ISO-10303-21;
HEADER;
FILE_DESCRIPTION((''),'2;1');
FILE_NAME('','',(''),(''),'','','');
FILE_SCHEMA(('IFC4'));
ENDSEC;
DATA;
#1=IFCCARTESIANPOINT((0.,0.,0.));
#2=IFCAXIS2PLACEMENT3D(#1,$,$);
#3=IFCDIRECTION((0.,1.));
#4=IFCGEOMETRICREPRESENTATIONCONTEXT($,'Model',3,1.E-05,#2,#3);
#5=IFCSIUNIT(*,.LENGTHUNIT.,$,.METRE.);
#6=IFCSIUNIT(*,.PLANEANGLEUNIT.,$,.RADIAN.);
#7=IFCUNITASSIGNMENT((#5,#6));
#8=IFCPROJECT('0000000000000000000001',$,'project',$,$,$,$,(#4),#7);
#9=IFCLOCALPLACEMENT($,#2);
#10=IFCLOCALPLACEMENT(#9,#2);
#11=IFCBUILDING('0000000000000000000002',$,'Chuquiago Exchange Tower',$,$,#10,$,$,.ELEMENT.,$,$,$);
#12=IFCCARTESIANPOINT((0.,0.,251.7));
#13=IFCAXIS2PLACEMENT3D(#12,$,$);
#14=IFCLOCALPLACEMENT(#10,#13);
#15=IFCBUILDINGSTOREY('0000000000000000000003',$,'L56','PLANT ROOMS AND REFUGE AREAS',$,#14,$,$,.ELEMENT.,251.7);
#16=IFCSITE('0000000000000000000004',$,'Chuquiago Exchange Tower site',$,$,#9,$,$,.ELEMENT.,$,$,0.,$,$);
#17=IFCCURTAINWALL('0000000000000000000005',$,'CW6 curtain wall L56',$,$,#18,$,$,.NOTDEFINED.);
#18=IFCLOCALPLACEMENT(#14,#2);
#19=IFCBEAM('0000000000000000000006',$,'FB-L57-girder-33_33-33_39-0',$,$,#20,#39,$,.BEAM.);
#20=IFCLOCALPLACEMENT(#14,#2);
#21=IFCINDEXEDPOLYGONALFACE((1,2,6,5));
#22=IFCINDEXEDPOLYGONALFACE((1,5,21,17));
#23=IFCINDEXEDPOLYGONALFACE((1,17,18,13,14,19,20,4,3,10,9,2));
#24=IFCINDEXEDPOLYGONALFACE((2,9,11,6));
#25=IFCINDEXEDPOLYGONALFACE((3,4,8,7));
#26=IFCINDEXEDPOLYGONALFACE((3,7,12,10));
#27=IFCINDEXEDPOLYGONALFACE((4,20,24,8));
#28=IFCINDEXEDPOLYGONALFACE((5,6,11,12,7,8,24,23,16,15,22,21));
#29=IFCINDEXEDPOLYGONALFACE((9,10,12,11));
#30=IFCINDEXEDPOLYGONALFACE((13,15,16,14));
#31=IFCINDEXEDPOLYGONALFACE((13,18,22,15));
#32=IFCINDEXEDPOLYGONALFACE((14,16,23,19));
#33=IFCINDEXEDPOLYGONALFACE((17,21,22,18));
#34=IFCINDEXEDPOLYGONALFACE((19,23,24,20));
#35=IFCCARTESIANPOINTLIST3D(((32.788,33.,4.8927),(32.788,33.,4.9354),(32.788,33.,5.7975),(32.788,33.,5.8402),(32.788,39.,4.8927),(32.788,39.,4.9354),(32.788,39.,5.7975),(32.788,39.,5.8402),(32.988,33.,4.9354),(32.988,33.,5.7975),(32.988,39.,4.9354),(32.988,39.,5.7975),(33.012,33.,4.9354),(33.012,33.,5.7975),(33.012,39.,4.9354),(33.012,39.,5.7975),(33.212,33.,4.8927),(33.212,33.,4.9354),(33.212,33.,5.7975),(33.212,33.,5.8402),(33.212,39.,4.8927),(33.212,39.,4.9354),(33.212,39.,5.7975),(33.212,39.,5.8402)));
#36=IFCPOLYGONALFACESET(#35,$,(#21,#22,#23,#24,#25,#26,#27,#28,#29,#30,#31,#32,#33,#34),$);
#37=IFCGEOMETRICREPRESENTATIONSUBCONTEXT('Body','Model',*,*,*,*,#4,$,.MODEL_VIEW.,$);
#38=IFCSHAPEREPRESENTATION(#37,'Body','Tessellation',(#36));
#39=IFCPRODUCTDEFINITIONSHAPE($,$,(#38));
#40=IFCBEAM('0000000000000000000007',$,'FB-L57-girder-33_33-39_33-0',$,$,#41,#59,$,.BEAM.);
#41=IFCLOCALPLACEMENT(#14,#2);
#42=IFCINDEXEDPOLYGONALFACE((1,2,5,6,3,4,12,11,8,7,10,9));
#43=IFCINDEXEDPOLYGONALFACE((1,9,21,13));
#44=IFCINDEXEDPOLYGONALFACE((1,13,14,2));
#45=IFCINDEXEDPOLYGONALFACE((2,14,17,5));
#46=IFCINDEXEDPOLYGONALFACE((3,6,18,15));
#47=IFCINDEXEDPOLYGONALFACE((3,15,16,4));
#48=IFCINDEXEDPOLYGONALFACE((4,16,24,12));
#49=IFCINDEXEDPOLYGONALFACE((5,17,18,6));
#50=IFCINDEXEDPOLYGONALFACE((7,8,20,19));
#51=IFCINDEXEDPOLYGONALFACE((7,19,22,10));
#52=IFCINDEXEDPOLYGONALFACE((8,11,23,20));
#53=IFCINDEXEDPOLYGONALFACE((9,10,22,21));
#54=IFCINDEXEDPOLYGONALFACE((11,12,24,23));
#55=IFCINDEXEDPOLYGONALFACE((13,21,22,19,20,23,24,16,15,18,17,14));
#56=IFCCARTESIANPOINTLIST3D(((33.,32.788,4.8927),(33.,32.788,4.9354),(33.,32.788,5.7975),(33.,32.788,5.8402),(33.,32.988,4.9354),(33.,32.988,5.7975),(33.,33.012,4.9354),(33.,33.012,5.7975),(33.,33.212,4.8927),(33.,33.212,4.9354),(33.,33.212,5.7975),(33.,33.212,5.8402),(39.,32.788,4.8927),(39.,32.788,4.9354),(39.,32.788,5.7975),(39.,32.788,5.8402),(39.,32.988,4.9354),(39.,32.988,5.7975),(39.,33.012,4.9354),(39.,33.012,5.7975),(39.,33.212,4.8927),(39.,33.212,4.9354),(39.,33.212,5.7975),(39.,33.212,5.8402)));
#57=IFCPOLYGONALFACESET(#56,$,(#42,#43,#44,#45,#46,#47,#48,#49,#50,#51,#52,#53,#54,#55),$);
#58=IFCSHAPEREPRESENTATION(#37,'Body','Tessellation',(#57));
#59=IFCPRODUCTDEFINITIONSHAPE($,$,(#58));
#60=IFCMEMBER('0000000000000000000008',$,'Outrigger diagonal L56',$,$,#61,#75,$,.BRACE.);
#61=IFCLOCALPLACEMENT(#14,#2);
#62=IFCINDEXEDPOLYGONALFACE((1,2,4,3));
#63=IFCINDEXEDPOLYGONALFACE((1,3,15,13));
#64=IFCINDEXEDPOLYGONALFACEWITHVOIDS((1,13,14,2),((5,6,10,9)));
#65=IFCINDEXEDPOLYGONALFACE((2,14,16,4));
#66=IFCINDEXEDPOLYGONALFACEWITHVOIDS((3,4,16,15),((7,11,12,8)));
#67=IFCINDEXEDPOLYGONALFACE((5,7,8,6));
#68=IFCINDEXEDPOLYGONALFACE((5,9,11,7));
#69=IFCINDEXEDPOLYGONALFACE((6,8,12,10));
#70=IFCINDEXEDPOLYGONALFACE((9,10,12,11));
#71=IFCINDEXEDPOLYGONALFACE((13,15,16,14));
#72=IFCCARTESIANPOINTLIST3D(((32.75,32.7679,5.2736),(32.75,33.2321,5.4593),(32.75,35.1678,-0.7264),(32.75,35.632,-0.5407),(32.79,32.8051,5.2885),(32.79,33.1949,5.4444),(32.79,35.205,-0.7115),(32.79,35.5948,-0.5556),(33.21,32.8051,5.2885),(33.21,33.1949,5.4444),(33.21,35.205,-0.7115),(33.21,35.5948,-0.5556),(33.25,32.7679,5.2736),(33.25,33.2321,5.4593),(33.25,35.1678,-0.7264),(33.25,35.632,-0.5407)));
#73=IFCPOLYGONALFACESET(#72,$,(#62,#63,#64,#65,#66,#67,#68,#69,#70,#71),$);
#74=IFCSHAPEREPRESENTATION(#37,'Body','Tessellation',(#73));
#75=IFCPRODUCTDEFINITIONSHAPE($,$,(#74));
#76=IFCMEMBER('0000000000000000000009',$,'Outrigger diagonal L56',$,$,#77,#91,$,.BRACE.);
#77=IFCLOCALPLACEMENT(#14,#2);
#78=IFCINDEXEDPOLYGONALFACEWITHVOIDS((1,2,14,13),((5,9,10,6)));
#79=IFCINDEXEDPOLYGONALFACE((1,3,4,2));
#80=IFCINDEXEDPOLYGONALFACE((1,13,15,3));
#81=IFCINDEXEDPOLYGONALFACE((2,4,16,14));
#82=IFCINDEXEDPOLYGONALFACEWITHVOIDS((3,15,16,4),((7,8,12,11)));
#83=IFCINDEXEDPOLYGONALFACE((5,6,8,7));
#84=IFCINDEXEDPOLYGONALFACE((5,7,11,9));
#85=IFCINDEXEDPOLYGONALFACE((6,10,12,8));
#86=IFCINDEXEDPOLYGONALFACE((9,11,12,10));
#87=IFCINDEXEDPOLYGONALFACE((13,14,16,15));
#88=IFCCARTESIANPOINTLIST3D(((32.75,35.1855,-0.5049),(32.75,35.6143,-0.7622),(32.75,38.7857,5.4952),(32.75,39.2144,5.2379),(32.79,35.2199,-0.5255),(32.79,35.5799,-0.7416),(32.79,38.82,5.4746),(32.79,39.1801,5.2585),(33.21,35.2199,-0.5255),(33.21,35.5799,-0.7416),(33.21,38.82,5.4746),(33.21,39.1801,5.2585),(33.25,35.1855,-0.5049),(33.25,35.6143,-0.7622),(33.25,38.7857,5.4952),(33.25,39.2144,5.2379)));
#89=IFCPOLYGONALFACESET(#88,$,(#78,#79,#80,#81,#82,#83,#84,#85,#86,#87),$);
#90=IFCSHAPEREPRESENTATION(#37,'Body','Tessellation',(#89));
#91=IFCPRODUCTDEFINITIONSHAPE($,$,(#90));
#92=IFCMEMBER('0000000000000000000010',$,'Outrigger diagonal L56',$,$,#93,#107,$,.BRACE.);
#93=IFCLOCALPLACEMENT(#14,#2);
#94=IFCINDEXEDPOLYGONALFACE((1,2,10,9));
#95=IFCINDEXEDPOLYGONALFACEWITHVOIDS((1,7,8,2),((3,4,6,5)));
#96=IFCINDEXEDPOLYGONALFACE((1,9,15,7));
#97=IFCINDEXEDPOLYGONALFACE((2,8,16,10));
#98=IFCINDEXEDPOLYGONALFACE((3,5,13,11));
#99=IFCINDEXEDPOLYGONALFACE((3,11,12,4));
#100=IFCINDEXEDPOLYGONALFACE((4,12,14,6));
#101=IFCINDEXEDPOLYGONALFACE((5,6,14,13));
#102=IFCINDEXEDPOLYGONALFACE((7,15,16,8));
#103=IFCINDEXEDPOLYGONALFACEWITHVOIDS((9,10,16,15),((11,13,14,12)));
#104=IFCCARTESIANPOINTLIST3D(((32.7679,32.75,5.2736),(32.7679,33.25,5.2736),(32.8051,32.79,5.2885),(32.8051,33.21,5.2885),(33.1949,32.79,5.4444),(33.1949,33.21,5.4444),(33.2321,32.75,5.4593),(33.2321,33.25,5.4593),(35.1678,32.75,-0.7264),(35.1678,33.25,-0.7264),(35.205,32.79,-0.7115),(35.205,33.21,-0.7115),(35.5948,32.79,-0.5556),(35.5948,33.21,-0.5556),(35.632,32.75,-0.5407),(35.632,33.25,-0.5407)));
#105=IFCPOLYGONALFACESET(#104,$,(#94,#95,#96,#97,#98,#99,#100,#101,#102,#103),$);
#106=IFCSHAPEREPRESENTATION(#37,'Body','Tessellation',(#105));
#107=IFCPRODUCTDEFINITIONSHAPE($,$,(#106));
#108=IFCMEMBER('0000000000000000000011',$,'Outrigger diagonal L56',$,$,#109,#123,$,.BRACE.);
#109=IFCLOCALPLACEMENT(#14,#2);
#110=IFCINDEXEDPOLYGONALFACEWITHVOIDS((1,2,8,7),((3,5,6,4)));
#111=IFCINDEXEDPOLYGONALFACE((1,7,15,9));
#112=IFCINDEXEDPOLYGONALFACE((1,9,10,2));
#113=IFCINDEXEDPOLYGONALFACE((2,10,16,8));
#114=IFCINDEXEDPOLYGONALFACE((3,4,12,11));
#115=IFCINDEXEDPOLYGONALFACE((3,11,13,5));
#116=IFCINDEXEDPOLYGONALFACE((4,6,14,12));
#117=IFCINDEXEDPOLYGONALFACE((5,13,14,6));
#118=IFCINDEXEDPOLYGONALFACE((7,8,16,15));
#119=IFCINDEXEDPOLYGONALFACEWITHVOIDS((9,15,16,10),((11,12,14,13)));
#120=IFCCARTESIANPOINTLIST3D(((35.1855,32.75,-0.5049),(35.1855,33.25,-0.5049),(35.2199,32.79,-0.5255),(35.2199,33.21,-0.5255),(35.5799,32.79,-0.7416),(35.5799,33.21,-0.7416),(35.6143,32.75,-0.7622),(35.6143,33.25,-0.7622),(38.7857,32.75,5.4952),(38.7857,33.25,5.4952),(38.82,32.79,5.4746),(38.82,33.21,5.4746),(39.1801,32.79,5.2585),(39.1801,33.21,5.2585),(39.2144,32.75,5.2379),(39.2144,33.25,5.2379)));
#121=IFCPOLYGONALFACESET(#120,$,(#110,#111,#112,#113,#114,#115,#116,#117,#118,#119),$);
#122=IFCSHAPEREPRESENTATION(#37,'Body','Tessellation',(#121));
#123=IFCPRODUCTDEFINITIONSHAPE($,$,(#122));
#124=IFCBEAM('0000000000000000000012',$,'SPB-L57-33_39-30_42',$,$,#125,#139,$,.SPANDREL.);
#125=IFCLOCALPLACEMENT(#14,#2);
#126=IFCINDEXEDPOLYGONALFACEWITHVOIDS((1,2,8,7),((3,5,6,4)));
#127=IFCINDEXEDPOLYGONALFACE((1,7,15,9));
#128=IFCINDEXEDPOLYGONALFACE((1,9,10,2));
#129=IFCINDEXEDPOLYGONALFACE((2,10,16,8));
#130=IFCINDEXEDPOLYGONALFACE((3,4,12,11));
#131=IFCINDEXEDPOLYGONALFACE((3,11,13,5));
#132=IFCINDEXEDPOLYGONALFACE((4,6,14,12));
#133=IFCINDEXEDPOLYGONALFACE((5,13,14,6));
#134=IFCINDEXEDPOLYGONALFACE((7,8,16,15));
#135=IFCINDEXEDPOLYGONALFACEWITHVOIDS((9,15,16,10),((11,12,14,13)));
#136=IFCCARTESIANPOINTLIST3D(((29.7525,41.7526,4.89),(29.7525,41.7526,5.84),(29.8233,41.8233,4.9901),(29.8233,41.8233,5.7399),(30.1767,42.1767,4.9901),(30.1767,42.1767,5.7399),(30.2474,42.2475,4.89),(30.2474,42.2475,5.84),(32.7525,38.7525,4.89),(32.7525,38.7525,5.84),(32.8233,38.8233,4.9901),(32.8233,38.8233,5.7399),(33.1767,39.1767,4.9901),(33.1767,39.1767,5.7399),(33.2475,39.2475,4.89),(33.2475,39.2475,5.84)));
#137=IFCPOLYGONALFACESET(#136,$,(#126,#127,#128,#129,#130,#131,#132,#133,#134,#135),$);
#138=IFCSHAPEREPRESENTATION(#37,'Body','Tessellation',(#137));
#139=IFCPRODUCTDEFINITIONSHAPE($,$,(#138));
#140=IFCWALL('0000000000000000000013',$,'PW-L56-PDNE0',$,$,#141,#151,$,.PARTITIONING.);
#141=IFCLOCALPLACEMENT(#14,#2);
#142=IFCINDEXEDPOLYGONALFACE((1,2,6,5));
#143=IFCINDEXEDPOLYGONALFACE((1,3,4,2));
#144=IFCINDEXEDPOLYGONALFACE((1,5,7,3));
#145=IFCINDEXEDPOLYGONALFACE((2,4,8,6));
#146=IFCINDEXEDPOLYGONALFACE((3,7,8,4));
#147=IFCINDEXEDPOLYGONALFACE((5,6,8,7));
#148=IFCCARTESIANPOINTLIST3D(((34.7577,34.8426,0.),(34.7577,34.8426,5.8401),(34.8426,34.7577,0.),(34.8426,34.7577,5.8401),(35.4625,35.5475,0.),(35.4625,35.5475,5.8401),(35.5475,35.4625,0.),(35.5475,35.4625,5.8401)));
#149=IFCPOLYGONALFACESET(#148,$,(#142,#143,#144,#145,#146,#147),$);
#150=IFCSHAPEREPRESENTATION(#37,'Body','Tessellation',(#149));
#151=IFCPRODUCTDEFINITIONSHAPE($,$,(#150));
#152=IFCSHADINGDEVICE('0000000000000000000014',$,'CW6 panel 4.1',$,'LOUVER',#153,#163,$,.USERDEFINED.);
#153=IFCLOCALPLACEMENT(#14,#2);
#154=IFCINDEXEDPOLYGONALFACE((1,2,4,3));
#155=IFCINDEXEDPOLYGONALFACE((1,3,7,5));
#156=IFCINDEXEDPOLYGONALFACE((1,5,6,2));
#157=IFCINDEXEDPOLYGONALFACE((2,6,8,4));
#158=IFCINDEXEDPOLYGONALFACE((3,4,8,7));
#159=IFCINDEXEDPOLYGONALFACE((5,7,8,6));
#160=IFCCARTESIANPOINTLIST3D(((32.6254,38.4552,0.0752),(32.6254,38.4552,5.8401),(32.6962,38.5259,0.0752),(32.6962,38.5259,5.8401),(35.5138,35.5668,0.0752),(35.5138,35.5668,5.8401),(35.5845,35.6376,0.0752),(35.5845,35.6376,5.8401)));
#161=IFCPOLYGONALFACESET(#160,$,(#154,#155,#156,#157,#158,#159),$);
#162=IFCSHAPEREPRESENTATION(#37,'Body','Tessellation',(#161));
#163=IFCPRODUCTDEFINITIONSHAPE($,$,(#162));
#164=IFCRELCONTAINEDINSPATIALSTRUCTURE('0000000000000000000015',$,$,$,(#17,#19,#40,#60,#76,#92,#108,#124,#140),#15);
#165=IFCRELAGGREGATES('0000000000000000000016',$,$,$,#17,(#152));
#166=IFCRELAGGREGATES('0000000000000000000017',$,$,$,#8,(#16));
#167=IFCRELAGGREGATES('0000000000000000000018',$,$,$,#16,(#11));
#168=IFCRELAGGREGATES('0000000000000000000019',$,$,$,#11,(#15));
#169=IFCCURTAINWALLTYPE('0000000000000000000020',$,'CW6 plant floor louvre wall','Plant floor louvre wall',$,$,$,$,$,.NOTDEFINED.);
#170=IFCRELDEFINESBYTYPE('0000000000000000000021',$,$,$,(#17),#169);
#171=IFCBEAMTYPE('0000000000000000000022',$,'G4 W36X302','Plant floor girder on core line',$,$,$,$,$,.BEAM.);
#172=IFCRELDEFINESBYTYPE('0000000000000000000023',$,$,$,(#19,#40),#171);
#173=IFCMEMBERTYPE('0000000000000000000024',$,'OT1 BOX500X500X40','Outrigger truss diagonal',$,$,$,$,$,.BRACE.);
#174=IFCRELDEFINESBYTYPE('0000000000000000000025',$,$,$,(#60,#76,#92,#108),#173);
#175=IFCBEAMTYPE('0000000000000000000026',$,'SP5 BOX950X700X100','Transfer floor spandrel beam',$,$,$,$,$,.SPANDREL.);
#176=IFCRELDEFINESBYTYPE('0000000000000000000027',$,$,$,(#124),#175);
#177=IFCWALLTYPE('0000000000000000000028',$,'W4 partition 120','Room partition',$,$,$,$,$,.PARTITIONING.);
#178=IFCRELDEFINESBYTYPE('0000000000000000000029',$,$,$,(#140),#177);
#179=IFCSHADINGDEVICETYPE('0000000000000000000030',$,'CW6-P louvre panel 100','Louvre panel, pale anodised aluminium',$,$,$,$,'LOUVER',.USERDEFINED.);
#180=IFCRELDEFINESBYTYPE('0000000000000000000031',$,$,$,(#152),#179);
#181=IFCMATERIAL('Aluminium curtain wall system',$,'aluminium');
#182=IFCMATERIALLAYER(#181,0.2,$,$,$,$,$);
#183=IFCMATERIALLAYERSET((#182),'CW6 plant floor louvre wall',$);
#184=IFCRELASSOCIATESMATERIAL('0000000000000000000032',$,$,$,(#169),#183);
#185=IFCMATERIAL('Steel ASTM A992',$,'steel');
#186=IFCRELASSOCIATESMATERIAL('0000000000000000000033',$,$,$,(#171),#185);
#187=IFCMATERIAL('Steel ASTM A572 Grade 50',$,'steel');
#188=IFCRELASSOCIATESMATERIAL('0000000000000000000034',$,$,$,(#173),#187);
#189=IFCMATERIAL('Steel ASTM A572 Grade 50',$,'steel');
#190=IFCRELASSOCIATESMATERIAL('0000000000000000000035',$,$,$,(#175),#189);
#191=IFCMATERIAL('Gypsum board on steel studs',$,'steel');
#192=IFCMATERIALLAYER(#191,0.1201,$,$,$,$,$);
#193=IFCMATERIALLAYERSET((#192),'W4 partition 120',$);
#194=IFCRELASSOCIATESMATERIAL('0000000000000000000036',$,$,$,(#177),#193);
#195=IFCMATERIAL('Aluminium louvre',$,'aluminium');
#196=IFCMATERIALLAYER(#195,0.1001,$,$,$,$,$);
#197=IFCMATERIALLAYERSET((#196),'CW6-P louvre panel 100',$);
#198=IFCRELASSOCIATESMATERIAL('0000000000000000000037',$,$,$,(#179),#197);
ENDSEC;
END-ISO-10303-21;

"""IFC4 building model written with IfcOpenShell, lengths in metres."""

from ifc_helpers import new_model, si_unit, direction, frame, frame_2d, origin, origin_2d, place, context, subcontext, project, spatial, rectangle, hollow_rectangle, i_section, extrude, material, layer, layer_set, material_profile, profile_set, type_object, element, aggregate, save


model = new_model("IFC4")

# Units and contexts
model_context = context("Model", 3, precision=1e-05, world=origin(), true_north=direction((0.0, 1.0)))
body_context = subcontext(model_context, "Body", "Model", "MODEL_VIEW")
ifc_project = project(units=[si_unit("LENGTHUNIT", "METRE"), si_unit("PLANEANGLEUNIT", "RADIAN")], contexts=[model_context])

# Site, building, storey
site_placement = place(None, origin())
site = spatial("IfcSite", under=ifc_project, at=site_placement, Name="Chuquiago Exchange Tower site", CompositionType="ELEMENT", RefElevation=0.0)
building_placement = place(site_placement, origin())
building = spatial("IfcBuilding", under=site, at=building_placement, Name="Chuquiago Exchange Tower", CompositionType="ELEMENT")
storey_placement = place(building_placement, frame((0.0, 0.0, 251.7)))
storey = spatial("IfcBuildingStorey", under=building, at=storey_placement, Name="L56", Description="PLANT ROOMS AND REFUGE AREAS", CompositionType="ELEMENT", Elevation=251.7)

# Curtain wall
ifc_material_1 = material(Name="Aluminium curtain wall system", Category="aluminium")
ifc_layer_1 = layer(ifc_material_1, 0.2)
ifc_layer_set_1 = layer_set([ifc_layer_1], Name="CW6 plant floor louvre wall")
curtain_wall_type = type_object("IfcCurtainWallType", Name="CW6 plant floor louvre wall", Description="Plant floor louvre wall", PredefinedType="NOTDEFINED", material=ifc_layer_set_1)
curtain_wall_placement = place(storey_placement, origin())
curtain_wall = element("IfcCurtainWall", 1, at=curtain_wall_placement, inside=storey, type_object=curtain_wall_type, Name="CW6 curtain wall L56", PredefinedType="NOTDEFINED")

# Beams
ifc_material_2 = material(Name="Steel ASTM A992", Category="steel")
ifc_material_profile_1 = material_profile(ifc_material_2, i_section(OverallWidth=0.4241, OverallDepth=0.9475, WebThickness=0.0239, FlangeThickness=0.0427, at=origin_2d()), Name="W36X302")
ifc_profile_set_1 = profile_set([ifc_material_profile_1], Name="Steel ASTM A992")
beam_type_1 = type_object("IfcBeamType", Name="G4 W36X302", Description="Plant floor girder on core line", PredefinedType="BEAM", material=ifc_profile_set_1)
for number, where, z_axis, x_axis, name in (
    (2, (33.0, 33.0, 5.3665), (0.0, 1.0, 0.0), (-1.0, 0.0, 0.0), "FB-L57-girder-33_33-33_39-0"),
    (3, (33.0, 33.0, 5.3665), (1.0, 0.0, 0.0), (0.0, 1.0, 0.0), "FB-L57-girder-33_33-39_33-0"),
):
    element("IfcBeam", number, at=place(storey_placement, frame(where, z_axis=z_axis, x_axis=x_axis)), inside=storey, type_object=beam_type_1, Name=name, PredefinedType="BEAM", context=body_context, shape_type="SweptSolid", body=[
        extrude(i_section(OverallWidth=0.4241, OverallDepth=0.9475, WebThickness=0.0239, FlangeThickness=0.0427, at=origin_2d()), origin(), (0.0, 0.0, 1.0), 6.0),
    ])

# Members
ifc_material_3 = material(Name="Steel ASTM A572 Grade 50", Category="steel")
ifc_material_profile_2 = material_profile(ifc_material_3, hollow_rectangle(XDim=0.5, YDim=0.5, WallThickness=0.04, at=origin_2d()), Name="BOX500X500X40")
ifc_profile_set_2 = profile_set([ifc_material_profile_2], Name="Steel ASTM A572 Grade 50")
member_type_1 = type_object("IfcMemberType", Name="OT1 BOX500X500X40", Description="Outrigger truss diagonal", PredefinedType="BRACE", material=ifc_profile_set_2)
member_1_placement = place(storey_placement, frame((33.0, 33.0, 5.3665), z_axis=(0.0, 0.371378, -0.928482), x_axis=(-1.0, 0.0, 0.0)))
element("IfcMember", 4, at=member_1_placement, inside=storey, type_object=member_type_1, Name="Outrigger diagonal L56", PredefinedType="BRACE", context=body_context, shape_type="SweptSolid", body=[
    extrude(hollow_rectangle(XDim=0.5, YDim=0.5, WallThickness=0.04, at=origin_2d()), origin(), (0.0, 0.0, 1.0), 6.4622),
])
member_2_placement = place(storey_placement, frame((33.0, 35.3999, -0.6335), z_axis=(0.0, 0.514506, 0.857487), x_axis=(-1.0, 0.0, 0.0)))
element("IfcMember", 5, at=member_2_placement, inside=storey, type_object=member_type_1, Name="Outrigger diagonal L56", PredefinedType="BRACE", context=body_context, shape_type="SweptSolid", body=[
    extrude(hollow_rectangle(XDim=0.5, YDim=0.5, WallThickness=0.04, at=origin_2d()), origin(), (0.0, 0.0, 1.0), 6.9973),
])
member_3_placement = place(storey_placement, frame((33.0, 33.0, 5.3665), z_axis=(0.371378, 0.0, -0.928482), x_axis=(0.0, 1.0, 0.0)))
element("IfcMember", 6, at=member_3_placement, inside=storey, type_object=member_type_1, Name="Outrigger diagonal L56", PredefinedType="BRACE", context=body_context, shape_type="SweptSolid", body=[
    extrude(hollow_rectangle(XDim=0.5, YDim=0.5, WallThickness=0.04, at=origin_2d()), origin(), (0.0, 0.0, 1.0), 6.4622),
])
member_4_placement = place(storey_placement, frame((35.3999, 33.0, -0.6335), z_axis=(0.514506, 0.0, 0.857487), x_axis=(0.0, 1.0, 0.0)))
element("IfcMember", 7, at=member_4_placement, inside=storey, type_object=member_type_1, Name="Outrigger diagonal L56", PredefinedType="BRACE", context=body_context, shape_type="SweptSolid", body=[
    extrude(hollow_rectangle(XDim=0.5, YDim=0.5, WallThickness=0.04, at=origin_2d()), origin(), (0.0, 0.0, 1.0), 6.9973),
])

# Beam
ifc_material_4 = material(Name="Steel ASTM A572 Grade 50", Category="steel")
ifc_material_profile_3 = material_profile(ifc_material_4, hollow_rectangle(XDim=0.7, YDim=0.95, WallThickness=0.1001, at=origin_2d()), Name="BOX950X700X100")
ifc_profile_set_3 = profile_set([ifc_material_profile_3], Name="Steel ASTM A572 Grade 50")
beam_type_2 = type_object("IfcBeamType", Name="SP5 BOX950X700X100", Description="Transfer floor spandrel beam", PredefinedType="SPANDREL", material=ifc_profile_set_3)
beam_1_placement = place(storey_placement, frame((33.0, 39.0, 5.365), z_axis=(-0.707107, 0.707107, 0.0), x_axis=(-0.707107, -0.707107, 0.0)))
element("IfcBeam", 8, at=beam_1_placement, inside=storey, type_object=beam_type_2, Name="SPB-L57-33_39-30_42", PredefinedType="SPANDREL", context=body_context, shape_type="SweptSolid", body=[
    extrude(hollow_rectangle(XDim=0.7, YDim=0.95, WallThickness=0.1001, at=origin_2d()), origin(), (0.0, 0.0, 1.0), 4.2427),
])

# Wall
ifc_material_5 = material(Name="Gypsum board on steel studs", Category="steel")
ifc_layer_2 = layer(ifc_material_5, 0.1201)
ifc_layer_set_2 = layer_set([ifc_layer_2], Name="W4 partition 120")
wall_type = type_object("IfcWallType", Name="W4 partition 120", Description="Room partition", PredefinedType="PARTITIONING", material=ifc_layer_set_2)
wall_placement = place(storey_placement, frame((34.8, 34.8, 0.0), z_axis=(0.0, 0.0, 1.0), x_axis=(0.707107, 0.707107, 0.0)))
element("IfcWall", 9, at=wall_placement, inside=storey, type_object=wall_type, Name="PW-L56-PDNE0", PredefinedType="PARTITIONING", context=body_context, shape_type="SweptSolid", body=[
    extrude(rectangle(XDim=0.9968, YDim=0.1201, at=frame_2d((0.4985, 0.0))), origin(), (0.0, 0.0, 1.0), 5.8401),
])

# Shading device
ifc_material_6 = material(Name="Aluminium louvre", Category="aluminium")
ifc_layer_3 = layer(ifc_material_6, 0.1001)
ifc_layer_set_3 = layer_set([ifc_layer_3], Name="CW6-P louvre panel 100")
shading_device_type = type_object("IfcShadingDeviceType", Name="CW6-P louvre panel 100", Description="Louvre panel, pale anodised aluminium", ElementType="LOUVER", PredefinedType="USERDEFINED", material=ifc_layer_set_3)
shading_device_placement = place(storey_placement, frame((34.105, 37.0464, 0.0752), z_axis=(0.0, 0.0, 1.0), x_axis=(-0.707107, 0.707107, 0.0)))
shading_device = element("IfcShadingDevice", 10, at=shading_device_placement, type_object=shading_device_type, Name="CW6 panel 4.1", ObjectType="LOUVER", PredefinedType="USERDEFINED", context=body_context, shape_type="SweptSolid", body=[
    extrude(rectangle(XDim=4.0847, YDim=0.1001, at=origin_2d()), origin(), (0.0, 0.0, 1.0), 5.7649),
])
aggregate(curtain_wall, [shading_device])

save(model, "model.ifc")
